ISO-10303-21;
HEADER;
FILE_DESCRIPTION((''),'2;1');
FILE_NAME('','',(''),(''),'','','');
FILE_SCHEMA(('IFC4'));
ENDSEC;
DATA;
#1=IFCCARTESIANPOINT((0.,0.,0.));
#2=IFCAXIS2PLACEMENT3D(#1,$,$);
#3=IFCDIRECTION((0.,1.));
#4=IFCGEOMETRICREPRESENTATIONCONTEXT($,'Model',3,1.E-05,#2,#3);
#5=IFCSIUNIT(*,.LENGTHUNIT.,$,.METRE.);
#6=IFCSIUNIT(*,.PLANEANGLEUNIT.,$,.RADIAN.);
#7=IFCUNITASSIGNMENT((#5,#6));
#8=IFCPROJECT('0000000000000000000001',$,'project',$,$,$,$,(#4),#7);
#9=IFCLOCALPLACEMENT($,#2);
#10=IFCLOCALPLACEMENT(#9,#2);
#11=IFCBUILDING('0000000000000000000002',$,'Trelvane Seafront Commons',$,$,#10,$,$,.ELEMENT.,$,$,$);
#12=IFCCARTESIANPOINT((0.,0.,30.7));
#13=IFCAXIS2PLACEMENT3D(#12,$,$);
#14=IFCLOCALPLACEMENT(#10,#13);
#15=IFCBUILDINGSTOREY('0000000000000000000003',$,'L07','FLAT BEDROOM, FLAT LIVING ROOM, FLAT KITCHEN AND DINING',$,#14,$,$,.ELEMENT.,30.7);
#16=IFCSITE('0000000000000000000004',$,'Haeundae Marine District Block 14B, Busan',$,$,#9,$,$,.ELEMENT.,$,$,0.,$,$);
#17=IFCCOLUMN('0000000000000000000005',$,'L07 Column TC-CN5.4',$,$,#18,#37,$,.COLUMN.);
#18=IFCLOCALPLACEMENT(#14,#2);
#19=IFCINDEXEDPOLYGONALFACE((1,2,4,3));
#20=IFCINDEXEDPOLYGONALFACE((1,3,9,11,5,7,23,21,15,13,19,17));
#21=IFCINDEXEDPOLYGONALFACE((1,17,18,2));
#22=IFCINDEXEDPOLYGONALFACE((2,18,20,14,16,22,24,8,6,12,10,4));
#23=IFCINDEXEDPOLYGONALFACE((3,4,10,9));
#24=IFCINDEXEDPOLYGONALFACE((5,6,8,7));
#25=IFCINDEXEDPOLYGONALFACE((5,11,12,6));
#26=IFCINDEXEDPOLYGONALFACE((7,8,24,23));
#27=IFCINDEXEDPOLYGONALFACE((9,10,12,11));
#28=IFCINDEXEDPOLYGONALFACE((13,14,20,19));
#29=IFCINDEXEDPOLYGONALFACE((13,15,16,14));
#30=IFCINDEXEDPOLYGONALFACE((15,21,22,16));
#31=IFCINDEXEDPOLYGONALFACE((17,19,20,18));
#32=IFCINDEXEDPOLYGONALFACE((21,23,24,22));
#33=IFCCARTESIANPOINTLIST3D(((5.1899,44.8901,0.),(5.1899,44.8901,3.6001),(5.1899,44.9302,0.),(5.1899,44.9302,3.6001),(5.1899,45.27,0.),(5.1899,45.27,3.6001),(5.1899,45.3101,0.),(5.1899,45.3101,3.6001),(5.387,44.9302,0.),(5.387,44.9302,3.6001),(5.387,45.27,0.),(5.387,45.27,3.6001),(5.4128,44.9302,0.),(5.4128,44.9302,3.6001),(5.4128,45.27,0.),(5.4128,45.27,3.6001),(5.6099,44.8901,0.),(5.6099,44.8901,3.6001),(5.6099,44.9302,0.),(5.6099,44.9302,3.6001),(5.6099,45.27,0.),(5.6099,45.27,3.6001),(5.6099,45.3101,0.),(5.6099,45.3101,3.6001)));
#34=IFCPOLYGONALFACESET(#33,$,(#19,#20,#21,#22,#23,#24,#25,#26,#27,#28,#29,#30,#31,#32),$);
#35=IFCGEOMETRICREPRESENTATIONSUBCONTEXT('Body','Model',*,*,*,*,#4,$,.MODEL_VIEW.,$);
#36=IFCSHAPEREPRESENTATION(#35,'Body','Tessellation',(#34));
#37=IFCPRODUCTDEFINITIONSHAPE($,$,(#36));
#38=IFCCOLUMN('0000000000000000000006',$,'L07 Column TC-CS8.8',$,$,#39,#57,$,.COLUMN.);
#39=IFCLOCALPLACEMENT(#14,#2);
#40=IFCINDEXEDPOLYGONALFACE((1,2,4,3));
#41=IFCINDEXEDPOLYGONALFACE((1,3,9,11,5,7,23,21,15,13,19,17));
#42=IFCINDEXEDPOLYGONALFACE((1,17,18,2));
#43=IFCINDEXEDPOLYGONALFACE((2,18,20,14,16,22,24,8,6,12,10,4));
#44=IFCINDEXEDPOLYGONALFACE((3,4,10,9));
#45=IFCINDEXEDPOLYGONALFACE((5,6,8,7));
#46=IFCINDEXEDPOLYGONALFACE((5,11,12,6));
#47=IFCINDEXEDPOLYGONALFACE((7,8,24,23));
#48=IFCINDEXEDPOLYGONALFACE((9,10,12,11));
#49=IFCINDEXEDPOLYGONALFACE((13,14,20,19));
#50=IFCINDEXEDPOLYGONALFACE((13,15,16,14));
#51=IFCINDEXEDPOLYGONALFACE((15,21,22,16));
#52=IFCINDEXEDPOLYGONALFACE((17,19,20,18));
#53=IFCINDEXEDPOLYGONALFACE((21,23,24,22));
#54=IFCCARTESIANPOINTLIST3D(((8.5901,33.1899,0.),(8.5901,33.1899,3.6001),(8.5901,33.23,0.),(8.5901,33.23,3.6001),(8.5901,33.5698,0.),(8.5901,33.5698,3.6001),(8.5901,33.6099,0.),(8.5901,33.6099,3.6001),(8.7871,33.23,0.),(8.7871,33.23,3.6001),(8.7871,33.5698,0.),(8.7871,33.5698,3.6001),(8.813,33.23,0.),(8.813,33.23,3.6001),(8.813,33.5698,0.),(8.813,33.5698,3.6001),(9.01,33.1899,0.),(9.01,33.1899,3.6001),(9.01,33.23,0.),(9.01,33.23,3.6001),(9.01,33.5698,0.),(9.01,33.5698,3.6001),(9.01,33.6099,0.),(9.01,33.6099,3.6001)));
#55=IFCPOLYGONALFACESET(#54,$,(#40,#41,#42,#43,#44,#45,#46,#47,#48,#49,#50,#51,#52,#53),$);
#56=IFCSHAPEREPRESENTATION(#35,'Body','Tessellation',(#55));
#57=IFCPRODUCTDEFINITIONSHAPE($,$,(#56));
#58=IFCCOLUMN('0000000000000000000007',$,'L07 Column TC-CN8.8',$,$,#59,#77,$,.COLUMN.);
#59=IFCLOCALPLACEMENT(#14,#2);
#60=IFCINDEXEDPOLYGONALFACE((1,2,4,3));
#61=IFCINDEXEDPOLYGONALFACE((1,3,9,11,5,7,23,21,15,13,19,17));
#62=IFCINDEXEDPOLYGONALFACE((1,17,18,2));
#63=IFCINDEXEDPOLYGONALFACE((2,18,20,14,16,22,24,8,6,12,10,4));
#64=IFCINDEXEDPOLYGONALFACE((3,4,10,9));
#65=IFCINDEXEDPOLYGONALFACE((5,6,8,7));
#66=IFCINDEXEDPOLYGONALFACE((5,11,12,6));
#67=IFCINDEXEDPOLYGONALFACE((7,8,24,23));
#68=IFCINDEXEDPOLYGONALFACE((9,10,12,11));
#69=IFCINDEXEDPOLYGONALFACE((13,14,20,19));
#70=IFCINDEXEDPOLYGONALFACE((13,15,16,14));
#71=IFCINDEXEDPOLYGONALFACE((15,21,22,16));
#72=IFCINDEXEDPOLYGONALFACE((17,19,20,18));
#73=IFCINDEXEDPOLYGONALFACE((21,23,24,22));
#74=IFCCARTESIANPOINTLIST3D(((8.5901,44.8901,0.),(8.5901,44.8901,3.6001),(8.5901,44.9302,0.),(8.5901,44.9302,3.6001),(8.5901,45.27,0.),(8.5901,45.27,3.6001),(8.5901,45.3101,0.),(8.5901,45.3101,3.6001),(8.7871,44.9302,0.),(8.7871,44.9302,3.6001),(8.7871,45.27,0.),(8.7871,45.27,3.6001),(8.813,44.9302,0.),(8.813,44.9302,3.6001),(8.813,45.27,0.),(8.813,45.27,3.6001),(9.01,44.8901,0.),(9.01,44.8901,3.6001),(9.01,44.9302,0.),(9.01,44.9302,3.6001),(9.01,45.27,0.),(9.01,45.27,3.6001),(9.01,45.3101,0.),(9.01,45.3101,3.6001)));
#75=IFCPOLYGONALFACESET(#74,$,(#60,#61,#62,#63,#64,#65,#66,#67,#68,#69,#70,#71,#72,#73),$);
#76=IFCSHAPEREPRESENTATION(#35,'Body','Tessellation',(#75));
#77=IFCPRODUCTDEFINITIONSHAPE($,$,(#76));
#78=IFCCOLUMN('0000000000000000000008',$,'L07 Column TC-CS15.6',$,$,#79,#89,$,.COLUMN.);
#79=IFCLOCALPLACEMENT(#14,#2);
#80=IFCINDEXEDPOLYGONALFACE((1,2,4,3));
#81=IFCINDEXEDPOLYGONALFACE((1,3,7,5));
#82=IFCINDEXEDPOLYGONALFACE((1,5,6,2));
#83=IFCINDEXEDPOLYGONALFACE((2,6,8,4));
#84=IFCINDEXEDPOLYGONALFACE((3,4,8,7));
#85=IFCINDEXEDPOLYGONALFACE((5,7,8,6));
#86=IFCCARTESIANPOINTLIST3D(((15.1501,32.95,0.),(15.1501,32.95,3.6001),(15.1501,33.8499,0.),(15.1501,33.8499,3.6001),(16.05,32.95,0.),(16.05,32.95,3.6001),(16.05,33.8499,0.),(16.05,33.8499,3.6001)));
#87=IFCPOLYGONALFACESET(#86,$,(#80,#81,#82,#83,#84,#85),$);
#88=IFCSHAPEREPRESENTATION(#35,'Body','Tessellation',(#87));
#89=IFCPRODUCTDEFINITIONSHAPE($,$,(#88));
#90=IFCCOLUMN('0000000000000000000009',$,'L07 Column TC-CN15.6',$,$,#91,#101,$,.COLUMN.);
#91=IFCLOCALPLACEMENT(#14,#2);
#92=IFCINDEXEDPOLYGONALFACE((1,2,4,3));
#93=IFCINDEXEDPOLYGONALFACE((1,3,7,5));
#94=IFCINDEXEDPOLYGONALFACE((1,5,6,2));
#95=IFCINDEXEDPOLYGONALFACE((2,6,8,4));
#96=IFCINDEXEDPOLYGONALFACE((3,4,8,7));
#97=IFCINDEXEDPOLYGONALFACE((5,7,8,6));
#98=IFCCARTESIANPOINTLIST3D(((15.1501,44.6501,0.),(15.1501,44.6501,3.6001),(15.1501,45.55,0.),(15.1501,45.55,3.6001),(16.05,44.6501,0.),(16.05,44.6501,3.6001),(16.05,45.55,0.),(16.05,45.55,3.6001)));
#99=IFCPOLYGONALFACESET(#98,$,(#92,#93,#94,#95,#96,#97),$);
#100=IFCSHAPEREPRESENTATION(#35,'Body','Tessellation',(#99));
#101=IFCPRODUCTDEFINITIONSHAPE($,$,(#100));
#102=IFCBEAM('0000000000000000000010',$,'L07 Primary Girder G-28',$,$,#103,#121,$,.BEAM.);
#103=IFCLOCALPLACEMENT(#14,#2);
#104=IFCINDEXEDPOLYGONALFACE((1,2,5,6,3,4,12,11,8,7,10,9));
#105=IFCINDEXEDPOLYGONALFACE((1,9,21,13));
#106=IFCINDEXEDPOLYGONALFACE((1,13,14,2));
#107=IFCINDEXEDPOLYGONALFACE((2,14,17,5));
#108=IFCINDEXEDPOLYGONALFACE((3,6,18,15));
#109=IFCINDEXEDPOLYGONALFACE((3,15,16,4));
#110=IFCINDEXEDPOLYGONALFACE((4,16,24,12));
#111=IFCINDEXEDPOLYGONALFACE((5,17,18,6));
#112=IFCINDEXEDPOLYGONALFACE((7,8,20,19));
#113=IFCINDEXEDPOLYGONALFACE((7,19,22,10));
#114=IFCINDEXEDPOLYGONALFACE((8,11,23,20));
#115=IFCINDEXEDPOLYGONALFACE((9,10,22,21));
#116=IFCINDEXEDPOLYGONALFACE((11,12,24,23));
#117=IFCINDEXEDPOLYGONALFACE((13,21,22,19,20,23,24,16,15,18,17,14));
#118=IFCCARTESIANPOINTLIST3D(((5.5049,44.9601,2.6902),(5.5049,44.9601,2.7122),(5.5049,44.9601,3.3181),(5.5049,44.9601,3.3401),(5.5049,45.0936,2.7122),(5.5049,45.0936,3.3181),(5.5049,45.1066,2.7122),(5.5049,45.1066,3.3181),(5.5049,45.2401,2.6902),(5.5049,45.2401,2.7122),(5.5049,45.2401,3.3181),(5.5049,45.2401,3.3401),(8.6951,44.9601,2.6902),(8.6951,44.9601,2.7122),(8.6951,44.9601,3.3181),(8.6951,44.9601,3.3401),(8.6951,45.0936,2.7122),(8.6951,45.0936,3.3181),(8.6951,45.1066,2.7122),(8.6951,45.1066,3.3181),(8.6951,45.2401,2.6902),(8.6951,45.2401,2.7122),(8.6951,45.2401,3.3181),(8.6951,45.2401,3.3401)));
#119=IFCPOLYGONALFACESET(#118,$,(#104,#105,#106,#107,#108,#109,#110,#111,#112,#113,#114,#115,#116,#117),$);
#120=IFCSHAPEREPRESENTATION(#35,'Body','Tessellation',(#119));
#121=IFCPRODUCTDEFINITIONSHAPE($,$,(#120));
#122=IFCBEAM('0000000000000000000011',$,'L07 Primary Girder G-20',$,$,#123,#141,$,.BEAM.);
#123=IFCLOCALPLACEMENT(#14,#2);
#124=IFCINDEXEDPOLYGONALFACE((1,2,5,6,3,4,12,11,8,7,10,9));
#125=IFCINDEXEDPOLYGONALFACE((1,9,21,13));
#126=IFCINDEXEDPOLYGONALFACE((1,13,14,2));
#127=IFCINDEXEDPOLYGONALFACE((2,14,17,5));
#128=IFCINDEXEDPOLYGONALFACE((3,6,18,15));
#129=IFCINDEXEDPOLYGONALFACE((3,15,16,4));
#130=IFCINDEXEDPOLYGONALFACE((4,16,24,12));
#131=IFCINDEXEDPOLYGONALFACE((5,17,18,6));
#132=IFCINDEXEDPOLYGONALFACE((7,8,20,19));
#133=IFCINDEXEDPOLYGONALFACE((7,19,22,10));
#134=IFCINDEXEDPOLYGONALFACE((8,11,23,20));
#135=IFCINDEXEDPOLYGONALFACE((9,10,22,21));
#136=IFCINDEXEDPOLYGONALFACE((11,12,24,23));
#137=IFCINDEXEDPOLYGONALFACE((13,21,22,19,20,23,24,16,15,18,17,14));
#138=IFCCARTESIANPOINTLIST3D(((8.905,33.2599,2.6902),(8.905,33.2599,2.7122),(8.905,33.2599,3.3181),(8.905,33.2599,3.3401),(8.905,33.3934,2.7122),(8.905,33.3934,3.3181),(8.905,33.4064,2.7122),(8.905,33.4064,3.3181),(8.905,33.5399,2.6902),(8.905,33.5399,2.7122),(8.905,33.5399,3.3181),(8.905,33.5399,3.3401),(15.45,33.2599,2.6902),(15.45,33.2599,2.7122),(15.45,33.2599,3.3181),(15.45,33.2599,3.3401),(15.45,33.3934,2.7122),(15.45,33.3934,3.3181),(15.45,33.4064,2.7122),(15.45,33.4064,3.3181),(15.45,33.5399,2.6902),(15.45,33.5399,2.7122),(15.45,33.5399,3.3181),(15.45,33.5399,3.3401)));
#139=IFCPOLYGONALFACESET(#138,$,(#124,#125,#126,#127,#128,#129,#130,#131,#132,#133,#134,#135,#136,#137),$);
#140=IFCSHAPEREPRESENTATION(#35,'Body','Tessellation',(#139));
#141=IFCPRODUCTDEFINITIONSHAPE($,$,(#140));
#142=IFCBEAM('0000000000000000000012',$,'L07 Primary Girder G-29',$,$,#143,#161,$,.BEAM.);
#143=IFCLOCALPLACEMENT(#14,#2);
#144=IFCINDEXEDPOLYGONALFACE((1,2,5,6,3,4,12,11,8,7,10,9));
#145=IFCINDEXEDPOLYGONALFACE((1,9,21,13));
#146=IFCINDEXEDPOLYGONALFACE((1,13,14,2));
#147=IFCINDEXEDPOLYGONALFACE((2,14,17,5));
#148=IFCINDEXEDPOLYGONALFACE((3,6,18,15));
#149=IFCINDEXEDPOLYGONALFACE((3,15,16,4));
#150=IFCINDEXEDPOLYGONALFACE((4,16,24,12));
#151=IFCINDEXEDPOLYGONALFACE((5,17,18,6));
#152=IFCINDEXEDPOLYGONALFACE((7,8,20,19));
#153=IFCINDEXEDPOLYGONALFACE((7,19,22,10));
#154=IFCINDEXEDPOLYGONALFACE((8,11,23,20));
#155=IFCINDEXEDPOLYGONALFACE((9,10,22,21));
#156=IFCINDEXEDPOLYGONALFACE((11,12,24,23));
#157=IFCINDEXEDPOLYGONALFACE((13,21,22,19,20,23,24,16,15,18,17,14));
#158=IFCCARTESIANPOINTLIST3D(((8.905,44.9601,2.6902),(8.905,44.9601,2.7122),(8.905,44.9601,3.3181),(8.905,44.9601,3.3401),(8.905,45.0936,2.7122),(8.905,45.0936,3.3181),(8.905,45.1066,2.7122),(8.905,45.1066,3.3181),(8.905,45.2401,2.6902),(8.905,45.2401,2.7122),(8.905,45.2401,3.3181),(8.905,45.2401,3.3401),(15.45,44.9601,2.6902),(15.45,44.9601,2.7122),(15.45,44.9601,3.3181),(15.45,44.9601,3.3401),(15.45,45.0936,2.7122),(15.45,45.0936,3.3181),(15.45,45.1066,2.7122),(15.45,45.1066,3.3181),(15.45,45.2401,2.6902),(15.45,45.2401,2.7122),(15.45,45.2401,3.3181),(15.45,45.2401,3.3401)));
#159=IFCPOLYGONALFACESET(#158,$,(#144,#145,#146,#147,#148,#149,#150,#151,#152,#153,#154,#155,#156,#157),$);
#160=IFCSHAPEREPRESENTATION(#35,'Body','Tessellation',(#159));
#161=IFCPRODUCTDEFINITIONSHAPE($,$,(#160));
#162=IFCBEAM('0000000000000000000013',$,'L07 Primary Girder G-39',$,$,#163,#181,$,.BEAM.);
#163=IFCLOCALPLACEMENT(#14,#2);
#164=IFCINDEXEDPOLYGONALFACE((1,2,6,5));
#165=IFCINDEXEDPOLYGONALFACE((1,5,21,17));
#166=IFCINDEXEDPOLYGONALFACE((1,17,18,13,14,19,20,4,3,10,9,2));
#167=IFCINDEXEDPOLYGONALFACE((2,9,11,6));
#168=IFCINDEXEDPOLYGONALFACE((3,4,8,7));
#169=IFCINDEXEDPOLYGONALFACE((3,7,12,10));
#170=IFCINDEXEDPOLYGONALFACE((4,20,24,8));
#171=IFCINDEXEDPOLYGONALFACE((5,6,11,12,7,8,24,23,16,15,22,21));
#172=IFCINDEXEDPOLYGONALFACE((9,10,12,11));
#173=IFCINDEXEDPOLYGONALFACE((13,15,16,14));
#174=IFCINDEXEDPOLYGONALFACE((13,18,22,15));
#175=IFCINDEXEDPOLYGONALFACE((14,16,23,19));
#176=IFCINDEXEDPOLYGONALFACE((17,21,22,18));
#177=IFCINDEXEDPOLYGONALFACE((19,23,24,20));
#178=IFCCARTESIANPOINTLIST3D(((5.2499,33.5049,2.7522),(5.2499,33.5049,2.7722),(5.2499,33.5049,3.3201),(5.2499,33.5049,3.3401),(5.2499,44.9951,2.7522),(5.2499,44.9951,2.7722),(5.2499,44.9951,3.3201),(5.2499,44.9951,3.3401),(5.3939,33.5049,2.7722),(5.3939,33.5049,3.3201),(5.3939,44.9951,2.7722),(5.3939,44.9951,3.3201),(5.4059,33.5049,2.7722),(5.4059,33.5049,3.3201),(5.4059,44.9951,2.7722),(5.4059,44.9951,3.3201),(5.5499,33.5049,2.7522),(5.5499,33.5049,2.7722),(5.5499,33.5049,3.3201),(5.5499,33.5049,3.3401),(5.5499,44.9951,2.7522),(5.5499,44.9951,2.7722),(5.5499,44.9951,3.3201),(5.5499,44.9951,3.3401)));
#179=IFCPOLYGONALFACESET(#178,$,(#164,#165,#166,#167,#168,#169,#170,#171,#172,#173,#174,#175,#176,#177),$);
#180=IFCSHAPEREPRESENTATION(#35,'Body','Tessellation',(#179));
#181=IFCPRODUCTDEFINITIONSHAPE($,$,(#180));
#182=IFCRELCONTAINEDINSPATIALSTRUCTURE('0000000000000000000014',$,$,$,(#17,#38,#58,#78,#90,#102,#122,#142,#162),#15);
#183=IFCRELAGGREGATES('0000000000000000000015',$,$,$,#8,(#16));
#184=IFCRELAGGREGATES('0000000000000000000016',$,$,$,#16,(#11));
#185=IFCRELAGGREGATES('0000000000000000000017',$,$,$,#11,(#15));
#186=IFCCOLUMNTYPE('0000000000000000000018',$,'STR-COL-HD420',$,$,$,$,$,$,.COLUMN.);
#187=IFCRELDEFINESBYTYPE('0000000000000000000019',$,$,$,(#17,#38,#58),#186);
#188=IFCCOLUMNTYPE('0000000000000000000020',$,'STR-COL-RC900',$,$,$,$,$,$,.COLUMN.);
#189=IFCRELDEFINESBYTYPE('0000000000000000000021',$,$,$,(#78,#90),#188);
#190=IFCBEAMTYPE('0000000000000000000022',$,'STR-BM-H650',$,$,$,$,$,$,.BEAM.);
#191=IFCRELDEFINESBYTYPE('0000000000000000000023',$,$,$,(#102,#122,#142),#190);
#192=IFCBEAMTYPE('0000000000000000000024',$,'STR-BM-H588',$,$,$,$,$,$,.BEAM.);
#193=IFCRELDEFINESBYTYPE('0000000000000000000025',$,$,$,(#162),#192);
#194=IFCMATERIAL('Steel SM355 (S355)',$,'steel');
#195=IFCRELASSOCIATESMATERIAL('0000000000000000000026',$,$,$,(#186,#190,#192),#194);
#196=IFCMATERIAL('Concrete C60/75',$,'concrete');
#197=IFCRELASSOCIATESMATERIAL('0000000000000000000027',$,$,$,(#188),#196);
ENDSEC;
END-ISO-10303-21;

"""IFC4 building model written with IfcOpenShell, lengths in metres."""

from ifc_helpers import new_model, si_unit, direction, frame, origin, origin_2d, place, context, subcontext, project, spatial, rectangle, i_section, extrude, source, transform, mapped, material, material_profile, profile_set, type_object, element, save


model = new_model("IFC4")

# Units and contexts
model_context = context("Model", 3, precision=1e-05, world=origin(), true_north=direction((0.0, 1.0)))
body_context = subcontext(model_context, "Body", "Model", "MODEL_VIEW")
ifc_project = project(units=[si_unit("LENGTHUNIT", "METRE"), si_unit("PLANEANGLEUNIT", "RADIAN")], contexts=[model_context])

# Site, building, storey
site_placement = place(None, origin())
site = spatial("IfcSite", under=ifc_project, at=site_placement, Name="Haeundae Marine District Block 14B, Busan", CompositionType="ELEMENT", RefElevation=0.0)
building_placement = place(site_placement, origin())
building = spatial("IfcBuilding", under=site, at=building_placement, Name="Trelvane Seafront Commons", CompositionType="ELEMENT")
storey_placement = place(building_placement, frame((0.0, 0.0, 30.7)))
storey = spatial("IfcBuildingStorey", under=building, at=storey_placement, Name="L07", Description="FLAT BEDROOM, FLAT LIVING ROOM, FLAT KITCHEN AND DINING", CompositionType="ELEMENT", Elevation=30.7)

# Columns
ifc_material_1 = material(Name="Steel SM355 (S355)", Category="steel")
ifc_material_profile_1 = material_profile(ifc_material_1, i_section(OverallWidth=0.4199, OverallDepth=0.4199, WebThickness=0.0259, FlangeThickness=0.04, at=origin_2d()), Name="HD-420x420x26x40")
ifc_profile_set_1 = profile_set([ifc_material_profile_1], Name="Steel SM355 (S355)")
column_type_1 = type_object("IfcColumnType", Name="STR-COL-HD420", PredefinedType="COLUMN", material=ifc_profile_set_1)
shared_shape_1 = source(origin(), body_context, "Body", "SweptSolid", [
    extrude(i_section(OverallWidth=0.4199, OverallDepth=0.4199, WebThickness=0.0259, FlangeThickness=0.04, at=origin_2d()), origin(), (0.0, 0.0, 1.0), 3.6001),
])
for number, where, z_axis, x_axis, name in (
    (1, (5.3999, 45.1001, 0.0), (0.0, 0.0, 1.0), (1.0, 0.0, 0.0), "L07 Column TC-CN5.4"),
    (2, (8.8, 33.3999, 0.0), (0.0, 0.0, 1.0), (1.0, 0.0, 0.0), "L07 Column TC-CS8.8"),
    (3, (8.8, 45.1001, 0.0), (0.0, 0.0, 1.0), (1.0, 0.0, 0.0), "L07 Column TC-CN8.8"),
):
    element("IfcColumn", number, at=place(storey_placement, frame(where, z_axis=z_axis, x_axis=x_axis)), inside=storey, type_object=column_type_1, Name=name, PredefinedType="COLUMN", context=body_context, shape_type="MappedRepresentation", body=[
        mapped(shared_shape_1, transform((0.0, 0.0, 0.0), x_axis=(1.0, 0.0, 0.0), y_axis=(0.0, 1.0, 0.0), z_axis=(0.0, 0.0, 1.0), scale=1.0)),
    ])
ifc_material_2 = material(Name="Concrete C60/75", Category="concrete")
ifc_material_profile_2 = material_profile(ifc_material_2, rectangle(XDim=0.8999, YDim=0.8999, at=origin_2d()), Name="RC-900x900")
ifc_profile_set_2 = profile_set([ifc_material_profile_2], Name="Concrete C60/75")
column_type_2 = type_object("IfcColumnType", Name="STR-COL-RC900", PredefinedType="COLUMN", material=ifc_profile_set_2)
shared_shape_2 = source(origin(), body_context, "Body", "SweptSolid", [
    extrude(rectangle(XDim=0.8999, YDim=0.8999, at=origin_2d()), origin(), (0.0, 0.0, 1.0), 3.6001),
])
for number, where, z_axis, x_axis, name in (
    (4, (15.6001, 33.3999, 0.0), (0.0, 0.0, 1.0), (1.0, 0.0, 0.0), "L07 Column TC-CS15.6"),
    (5, (15.6001, 45.1001, 0.0), (0.0, 0.0, 1.0), (1.0, 0.0, 0.0), "L07 Column TC-CN15.6"),
):
    element("IfcColumn", number, at=place(storey_placement, frame(where, z_axis=z_axis, x_axis=x_axis)), inside=storey, type_object=column_type_2, Name=name, PredefinedType="COLUMN", context=body_context, shape_type="MappedRepresentation", body=[
        mapped(shared_shape_2, transform((0.0, 0.0, 0.0), x_axis=(1.0, 0.0, 0.0), y_axis=(0.0, 1.0, 0.0), z_axis=(0.0, 0.0, 1.0), scale=1.0)),
    ])

# Beams
ifc_material_profile_3 = material_profile(ifc_material_1, i_section(OverallWidth=0.28, OverallDepth=0.6499, WebThickness=0.0129, FlangeThickness=0.022, at=origin_2d()), Name="H-650x280x13x22")
ifc_profile_set_3 = profile_set([ifc_material_profile_3], Name="Steel SM355 (S355)")
beam_type_1 = type_object("IfcBeamType", Name="STR-BM-H650", PredefinedType="BEAM", material=ifc_profile_set_3)
shared_shape_3 = source(origin(), body_context, "Body", "SweptSolid", [
    extrude(i_section(OverallWidth=0.28, OverallDepth=0.6499, WebThickness=0.0129, FlangeThickness=0.022, at=origin_2d()), origin(), (0.0, 0.0, 1.0), 3.1902),
])
beam_1_placement = place(storey_placement, frame((5.5049, 45.1001, 3.0151), z_axis=(1.0, 0.0, 0.0), x_axis=(0.0, 1.0, 0.0)))
element("IfcBeam", 6, at=beam_1_placement, inside=storey, type_object=beam_type_1, Name="L07 Primary Girder G-28", PredefinedType="BEAM", context=body_context, shape_type="MappedRepresentation", body=[
    mapped(shared_shape_3, transform((0.0, 0.0, 0.0), x_axis=(1.0, 0.0, 0.0), y_axis=(0.0, 1.0, 0.0), z_axis=(0.0, 0.0, 1.0), scale=1.0)),
])
shared_shape_4 = source(origin(), body_context, "Body", "SweptSolid", [
    extrude(i_section(OverallWidth=0.28, OverallDepth=0.6499, WebThickness=0.0129, FlangeThickness=0.022, at=origin_2d()), origin(), (0.0, 0.0, 1.0), 6.5449),
])
for number, where, z_axis, x_axis, name in (
    (7, (8.905, 33.3999, 3.0151), (1.0, 0.0, 0.0), (0.0, 1.0, 0.0), "L07 Primary Girder G-20"),
    (8, (8.905, 45.1001, 3.0151), (1.0, 0.0, 0.0), (0.0, 1.0, 0.0), "L07 Primary Girder G-29"),
):
    element("IfcBeam", number, at=place(storey_placement, frame(where, z_axis=z_axis, x_axis=x_axis)), inside=storey, type_object=beam_type_1, Name=name, PredefinedType="BEAM", context=body_context, shape_type="MappedRepresentation", body=[
        mapped(shared_shape_4, transform((0.0, 0.0, 0.0), x_axis=(1.0, 0.0, 0.0), y_axis=(0.0, 1.0, 0.0), z_axis=(0.0, 0.0, 1.0), scale=1.0)),
    ])
ifc_material_profile_4 = material_profile(ifc_material_1, i_section(OverallWidth=0.3, OverallDepth=0.5879, WebThickness=0.012, FlangeThickness=0.02, at=origin_2d()), Name="H-588x300x12x20")
ifc_profile_set_4 = profile_set([ifc_material_profile_4], Name="Steel SM355 (S355)")
beam_type_2 = type_object("IfcBeamType", Name="STR-BM-H588", PredefinedType="BEAM", material=ifc_profile_set_4)
shared_shape_5 = source(origin(), body_context, "Body", "SweptSolid", [
    extrude(i_section(OverallWidth=0.3, OverallDepth=0.5879, WebThickness=0.012, FlangeThickness=0.02, at=origin_2d()), origin(), (0.0, 0.0, 1.0), 11.4902),
])
for number, where, z_axis, x_axis, name in (
    (9, (5.3999, 33.5049, 3.0461), (0.0, 1.0, 0.0), (-1.0, 0.0, 0.0), "L07 Primary Girder G-39"),
):
    element("IfcBeam", number, at=place(storey_placement, frame(where, z_axis=z_axis, x_axis=x_axis)), inside=storey, type_object=beam_type_2, Name=name, PredefinedType="BEAM", context=body_context, shape_type="MappedRepresentation", body=[
        mapped(shared_shape_5, transform((0.0, 0.0, 0.0), x_axis=(1.0, 0.0, 0.0), y_axis=(0.0, 1.0, 0.0), z_axis=(0.0, 0.0, 1.0), scale=1.0)),
    ])

save(model, "model.ifc")
